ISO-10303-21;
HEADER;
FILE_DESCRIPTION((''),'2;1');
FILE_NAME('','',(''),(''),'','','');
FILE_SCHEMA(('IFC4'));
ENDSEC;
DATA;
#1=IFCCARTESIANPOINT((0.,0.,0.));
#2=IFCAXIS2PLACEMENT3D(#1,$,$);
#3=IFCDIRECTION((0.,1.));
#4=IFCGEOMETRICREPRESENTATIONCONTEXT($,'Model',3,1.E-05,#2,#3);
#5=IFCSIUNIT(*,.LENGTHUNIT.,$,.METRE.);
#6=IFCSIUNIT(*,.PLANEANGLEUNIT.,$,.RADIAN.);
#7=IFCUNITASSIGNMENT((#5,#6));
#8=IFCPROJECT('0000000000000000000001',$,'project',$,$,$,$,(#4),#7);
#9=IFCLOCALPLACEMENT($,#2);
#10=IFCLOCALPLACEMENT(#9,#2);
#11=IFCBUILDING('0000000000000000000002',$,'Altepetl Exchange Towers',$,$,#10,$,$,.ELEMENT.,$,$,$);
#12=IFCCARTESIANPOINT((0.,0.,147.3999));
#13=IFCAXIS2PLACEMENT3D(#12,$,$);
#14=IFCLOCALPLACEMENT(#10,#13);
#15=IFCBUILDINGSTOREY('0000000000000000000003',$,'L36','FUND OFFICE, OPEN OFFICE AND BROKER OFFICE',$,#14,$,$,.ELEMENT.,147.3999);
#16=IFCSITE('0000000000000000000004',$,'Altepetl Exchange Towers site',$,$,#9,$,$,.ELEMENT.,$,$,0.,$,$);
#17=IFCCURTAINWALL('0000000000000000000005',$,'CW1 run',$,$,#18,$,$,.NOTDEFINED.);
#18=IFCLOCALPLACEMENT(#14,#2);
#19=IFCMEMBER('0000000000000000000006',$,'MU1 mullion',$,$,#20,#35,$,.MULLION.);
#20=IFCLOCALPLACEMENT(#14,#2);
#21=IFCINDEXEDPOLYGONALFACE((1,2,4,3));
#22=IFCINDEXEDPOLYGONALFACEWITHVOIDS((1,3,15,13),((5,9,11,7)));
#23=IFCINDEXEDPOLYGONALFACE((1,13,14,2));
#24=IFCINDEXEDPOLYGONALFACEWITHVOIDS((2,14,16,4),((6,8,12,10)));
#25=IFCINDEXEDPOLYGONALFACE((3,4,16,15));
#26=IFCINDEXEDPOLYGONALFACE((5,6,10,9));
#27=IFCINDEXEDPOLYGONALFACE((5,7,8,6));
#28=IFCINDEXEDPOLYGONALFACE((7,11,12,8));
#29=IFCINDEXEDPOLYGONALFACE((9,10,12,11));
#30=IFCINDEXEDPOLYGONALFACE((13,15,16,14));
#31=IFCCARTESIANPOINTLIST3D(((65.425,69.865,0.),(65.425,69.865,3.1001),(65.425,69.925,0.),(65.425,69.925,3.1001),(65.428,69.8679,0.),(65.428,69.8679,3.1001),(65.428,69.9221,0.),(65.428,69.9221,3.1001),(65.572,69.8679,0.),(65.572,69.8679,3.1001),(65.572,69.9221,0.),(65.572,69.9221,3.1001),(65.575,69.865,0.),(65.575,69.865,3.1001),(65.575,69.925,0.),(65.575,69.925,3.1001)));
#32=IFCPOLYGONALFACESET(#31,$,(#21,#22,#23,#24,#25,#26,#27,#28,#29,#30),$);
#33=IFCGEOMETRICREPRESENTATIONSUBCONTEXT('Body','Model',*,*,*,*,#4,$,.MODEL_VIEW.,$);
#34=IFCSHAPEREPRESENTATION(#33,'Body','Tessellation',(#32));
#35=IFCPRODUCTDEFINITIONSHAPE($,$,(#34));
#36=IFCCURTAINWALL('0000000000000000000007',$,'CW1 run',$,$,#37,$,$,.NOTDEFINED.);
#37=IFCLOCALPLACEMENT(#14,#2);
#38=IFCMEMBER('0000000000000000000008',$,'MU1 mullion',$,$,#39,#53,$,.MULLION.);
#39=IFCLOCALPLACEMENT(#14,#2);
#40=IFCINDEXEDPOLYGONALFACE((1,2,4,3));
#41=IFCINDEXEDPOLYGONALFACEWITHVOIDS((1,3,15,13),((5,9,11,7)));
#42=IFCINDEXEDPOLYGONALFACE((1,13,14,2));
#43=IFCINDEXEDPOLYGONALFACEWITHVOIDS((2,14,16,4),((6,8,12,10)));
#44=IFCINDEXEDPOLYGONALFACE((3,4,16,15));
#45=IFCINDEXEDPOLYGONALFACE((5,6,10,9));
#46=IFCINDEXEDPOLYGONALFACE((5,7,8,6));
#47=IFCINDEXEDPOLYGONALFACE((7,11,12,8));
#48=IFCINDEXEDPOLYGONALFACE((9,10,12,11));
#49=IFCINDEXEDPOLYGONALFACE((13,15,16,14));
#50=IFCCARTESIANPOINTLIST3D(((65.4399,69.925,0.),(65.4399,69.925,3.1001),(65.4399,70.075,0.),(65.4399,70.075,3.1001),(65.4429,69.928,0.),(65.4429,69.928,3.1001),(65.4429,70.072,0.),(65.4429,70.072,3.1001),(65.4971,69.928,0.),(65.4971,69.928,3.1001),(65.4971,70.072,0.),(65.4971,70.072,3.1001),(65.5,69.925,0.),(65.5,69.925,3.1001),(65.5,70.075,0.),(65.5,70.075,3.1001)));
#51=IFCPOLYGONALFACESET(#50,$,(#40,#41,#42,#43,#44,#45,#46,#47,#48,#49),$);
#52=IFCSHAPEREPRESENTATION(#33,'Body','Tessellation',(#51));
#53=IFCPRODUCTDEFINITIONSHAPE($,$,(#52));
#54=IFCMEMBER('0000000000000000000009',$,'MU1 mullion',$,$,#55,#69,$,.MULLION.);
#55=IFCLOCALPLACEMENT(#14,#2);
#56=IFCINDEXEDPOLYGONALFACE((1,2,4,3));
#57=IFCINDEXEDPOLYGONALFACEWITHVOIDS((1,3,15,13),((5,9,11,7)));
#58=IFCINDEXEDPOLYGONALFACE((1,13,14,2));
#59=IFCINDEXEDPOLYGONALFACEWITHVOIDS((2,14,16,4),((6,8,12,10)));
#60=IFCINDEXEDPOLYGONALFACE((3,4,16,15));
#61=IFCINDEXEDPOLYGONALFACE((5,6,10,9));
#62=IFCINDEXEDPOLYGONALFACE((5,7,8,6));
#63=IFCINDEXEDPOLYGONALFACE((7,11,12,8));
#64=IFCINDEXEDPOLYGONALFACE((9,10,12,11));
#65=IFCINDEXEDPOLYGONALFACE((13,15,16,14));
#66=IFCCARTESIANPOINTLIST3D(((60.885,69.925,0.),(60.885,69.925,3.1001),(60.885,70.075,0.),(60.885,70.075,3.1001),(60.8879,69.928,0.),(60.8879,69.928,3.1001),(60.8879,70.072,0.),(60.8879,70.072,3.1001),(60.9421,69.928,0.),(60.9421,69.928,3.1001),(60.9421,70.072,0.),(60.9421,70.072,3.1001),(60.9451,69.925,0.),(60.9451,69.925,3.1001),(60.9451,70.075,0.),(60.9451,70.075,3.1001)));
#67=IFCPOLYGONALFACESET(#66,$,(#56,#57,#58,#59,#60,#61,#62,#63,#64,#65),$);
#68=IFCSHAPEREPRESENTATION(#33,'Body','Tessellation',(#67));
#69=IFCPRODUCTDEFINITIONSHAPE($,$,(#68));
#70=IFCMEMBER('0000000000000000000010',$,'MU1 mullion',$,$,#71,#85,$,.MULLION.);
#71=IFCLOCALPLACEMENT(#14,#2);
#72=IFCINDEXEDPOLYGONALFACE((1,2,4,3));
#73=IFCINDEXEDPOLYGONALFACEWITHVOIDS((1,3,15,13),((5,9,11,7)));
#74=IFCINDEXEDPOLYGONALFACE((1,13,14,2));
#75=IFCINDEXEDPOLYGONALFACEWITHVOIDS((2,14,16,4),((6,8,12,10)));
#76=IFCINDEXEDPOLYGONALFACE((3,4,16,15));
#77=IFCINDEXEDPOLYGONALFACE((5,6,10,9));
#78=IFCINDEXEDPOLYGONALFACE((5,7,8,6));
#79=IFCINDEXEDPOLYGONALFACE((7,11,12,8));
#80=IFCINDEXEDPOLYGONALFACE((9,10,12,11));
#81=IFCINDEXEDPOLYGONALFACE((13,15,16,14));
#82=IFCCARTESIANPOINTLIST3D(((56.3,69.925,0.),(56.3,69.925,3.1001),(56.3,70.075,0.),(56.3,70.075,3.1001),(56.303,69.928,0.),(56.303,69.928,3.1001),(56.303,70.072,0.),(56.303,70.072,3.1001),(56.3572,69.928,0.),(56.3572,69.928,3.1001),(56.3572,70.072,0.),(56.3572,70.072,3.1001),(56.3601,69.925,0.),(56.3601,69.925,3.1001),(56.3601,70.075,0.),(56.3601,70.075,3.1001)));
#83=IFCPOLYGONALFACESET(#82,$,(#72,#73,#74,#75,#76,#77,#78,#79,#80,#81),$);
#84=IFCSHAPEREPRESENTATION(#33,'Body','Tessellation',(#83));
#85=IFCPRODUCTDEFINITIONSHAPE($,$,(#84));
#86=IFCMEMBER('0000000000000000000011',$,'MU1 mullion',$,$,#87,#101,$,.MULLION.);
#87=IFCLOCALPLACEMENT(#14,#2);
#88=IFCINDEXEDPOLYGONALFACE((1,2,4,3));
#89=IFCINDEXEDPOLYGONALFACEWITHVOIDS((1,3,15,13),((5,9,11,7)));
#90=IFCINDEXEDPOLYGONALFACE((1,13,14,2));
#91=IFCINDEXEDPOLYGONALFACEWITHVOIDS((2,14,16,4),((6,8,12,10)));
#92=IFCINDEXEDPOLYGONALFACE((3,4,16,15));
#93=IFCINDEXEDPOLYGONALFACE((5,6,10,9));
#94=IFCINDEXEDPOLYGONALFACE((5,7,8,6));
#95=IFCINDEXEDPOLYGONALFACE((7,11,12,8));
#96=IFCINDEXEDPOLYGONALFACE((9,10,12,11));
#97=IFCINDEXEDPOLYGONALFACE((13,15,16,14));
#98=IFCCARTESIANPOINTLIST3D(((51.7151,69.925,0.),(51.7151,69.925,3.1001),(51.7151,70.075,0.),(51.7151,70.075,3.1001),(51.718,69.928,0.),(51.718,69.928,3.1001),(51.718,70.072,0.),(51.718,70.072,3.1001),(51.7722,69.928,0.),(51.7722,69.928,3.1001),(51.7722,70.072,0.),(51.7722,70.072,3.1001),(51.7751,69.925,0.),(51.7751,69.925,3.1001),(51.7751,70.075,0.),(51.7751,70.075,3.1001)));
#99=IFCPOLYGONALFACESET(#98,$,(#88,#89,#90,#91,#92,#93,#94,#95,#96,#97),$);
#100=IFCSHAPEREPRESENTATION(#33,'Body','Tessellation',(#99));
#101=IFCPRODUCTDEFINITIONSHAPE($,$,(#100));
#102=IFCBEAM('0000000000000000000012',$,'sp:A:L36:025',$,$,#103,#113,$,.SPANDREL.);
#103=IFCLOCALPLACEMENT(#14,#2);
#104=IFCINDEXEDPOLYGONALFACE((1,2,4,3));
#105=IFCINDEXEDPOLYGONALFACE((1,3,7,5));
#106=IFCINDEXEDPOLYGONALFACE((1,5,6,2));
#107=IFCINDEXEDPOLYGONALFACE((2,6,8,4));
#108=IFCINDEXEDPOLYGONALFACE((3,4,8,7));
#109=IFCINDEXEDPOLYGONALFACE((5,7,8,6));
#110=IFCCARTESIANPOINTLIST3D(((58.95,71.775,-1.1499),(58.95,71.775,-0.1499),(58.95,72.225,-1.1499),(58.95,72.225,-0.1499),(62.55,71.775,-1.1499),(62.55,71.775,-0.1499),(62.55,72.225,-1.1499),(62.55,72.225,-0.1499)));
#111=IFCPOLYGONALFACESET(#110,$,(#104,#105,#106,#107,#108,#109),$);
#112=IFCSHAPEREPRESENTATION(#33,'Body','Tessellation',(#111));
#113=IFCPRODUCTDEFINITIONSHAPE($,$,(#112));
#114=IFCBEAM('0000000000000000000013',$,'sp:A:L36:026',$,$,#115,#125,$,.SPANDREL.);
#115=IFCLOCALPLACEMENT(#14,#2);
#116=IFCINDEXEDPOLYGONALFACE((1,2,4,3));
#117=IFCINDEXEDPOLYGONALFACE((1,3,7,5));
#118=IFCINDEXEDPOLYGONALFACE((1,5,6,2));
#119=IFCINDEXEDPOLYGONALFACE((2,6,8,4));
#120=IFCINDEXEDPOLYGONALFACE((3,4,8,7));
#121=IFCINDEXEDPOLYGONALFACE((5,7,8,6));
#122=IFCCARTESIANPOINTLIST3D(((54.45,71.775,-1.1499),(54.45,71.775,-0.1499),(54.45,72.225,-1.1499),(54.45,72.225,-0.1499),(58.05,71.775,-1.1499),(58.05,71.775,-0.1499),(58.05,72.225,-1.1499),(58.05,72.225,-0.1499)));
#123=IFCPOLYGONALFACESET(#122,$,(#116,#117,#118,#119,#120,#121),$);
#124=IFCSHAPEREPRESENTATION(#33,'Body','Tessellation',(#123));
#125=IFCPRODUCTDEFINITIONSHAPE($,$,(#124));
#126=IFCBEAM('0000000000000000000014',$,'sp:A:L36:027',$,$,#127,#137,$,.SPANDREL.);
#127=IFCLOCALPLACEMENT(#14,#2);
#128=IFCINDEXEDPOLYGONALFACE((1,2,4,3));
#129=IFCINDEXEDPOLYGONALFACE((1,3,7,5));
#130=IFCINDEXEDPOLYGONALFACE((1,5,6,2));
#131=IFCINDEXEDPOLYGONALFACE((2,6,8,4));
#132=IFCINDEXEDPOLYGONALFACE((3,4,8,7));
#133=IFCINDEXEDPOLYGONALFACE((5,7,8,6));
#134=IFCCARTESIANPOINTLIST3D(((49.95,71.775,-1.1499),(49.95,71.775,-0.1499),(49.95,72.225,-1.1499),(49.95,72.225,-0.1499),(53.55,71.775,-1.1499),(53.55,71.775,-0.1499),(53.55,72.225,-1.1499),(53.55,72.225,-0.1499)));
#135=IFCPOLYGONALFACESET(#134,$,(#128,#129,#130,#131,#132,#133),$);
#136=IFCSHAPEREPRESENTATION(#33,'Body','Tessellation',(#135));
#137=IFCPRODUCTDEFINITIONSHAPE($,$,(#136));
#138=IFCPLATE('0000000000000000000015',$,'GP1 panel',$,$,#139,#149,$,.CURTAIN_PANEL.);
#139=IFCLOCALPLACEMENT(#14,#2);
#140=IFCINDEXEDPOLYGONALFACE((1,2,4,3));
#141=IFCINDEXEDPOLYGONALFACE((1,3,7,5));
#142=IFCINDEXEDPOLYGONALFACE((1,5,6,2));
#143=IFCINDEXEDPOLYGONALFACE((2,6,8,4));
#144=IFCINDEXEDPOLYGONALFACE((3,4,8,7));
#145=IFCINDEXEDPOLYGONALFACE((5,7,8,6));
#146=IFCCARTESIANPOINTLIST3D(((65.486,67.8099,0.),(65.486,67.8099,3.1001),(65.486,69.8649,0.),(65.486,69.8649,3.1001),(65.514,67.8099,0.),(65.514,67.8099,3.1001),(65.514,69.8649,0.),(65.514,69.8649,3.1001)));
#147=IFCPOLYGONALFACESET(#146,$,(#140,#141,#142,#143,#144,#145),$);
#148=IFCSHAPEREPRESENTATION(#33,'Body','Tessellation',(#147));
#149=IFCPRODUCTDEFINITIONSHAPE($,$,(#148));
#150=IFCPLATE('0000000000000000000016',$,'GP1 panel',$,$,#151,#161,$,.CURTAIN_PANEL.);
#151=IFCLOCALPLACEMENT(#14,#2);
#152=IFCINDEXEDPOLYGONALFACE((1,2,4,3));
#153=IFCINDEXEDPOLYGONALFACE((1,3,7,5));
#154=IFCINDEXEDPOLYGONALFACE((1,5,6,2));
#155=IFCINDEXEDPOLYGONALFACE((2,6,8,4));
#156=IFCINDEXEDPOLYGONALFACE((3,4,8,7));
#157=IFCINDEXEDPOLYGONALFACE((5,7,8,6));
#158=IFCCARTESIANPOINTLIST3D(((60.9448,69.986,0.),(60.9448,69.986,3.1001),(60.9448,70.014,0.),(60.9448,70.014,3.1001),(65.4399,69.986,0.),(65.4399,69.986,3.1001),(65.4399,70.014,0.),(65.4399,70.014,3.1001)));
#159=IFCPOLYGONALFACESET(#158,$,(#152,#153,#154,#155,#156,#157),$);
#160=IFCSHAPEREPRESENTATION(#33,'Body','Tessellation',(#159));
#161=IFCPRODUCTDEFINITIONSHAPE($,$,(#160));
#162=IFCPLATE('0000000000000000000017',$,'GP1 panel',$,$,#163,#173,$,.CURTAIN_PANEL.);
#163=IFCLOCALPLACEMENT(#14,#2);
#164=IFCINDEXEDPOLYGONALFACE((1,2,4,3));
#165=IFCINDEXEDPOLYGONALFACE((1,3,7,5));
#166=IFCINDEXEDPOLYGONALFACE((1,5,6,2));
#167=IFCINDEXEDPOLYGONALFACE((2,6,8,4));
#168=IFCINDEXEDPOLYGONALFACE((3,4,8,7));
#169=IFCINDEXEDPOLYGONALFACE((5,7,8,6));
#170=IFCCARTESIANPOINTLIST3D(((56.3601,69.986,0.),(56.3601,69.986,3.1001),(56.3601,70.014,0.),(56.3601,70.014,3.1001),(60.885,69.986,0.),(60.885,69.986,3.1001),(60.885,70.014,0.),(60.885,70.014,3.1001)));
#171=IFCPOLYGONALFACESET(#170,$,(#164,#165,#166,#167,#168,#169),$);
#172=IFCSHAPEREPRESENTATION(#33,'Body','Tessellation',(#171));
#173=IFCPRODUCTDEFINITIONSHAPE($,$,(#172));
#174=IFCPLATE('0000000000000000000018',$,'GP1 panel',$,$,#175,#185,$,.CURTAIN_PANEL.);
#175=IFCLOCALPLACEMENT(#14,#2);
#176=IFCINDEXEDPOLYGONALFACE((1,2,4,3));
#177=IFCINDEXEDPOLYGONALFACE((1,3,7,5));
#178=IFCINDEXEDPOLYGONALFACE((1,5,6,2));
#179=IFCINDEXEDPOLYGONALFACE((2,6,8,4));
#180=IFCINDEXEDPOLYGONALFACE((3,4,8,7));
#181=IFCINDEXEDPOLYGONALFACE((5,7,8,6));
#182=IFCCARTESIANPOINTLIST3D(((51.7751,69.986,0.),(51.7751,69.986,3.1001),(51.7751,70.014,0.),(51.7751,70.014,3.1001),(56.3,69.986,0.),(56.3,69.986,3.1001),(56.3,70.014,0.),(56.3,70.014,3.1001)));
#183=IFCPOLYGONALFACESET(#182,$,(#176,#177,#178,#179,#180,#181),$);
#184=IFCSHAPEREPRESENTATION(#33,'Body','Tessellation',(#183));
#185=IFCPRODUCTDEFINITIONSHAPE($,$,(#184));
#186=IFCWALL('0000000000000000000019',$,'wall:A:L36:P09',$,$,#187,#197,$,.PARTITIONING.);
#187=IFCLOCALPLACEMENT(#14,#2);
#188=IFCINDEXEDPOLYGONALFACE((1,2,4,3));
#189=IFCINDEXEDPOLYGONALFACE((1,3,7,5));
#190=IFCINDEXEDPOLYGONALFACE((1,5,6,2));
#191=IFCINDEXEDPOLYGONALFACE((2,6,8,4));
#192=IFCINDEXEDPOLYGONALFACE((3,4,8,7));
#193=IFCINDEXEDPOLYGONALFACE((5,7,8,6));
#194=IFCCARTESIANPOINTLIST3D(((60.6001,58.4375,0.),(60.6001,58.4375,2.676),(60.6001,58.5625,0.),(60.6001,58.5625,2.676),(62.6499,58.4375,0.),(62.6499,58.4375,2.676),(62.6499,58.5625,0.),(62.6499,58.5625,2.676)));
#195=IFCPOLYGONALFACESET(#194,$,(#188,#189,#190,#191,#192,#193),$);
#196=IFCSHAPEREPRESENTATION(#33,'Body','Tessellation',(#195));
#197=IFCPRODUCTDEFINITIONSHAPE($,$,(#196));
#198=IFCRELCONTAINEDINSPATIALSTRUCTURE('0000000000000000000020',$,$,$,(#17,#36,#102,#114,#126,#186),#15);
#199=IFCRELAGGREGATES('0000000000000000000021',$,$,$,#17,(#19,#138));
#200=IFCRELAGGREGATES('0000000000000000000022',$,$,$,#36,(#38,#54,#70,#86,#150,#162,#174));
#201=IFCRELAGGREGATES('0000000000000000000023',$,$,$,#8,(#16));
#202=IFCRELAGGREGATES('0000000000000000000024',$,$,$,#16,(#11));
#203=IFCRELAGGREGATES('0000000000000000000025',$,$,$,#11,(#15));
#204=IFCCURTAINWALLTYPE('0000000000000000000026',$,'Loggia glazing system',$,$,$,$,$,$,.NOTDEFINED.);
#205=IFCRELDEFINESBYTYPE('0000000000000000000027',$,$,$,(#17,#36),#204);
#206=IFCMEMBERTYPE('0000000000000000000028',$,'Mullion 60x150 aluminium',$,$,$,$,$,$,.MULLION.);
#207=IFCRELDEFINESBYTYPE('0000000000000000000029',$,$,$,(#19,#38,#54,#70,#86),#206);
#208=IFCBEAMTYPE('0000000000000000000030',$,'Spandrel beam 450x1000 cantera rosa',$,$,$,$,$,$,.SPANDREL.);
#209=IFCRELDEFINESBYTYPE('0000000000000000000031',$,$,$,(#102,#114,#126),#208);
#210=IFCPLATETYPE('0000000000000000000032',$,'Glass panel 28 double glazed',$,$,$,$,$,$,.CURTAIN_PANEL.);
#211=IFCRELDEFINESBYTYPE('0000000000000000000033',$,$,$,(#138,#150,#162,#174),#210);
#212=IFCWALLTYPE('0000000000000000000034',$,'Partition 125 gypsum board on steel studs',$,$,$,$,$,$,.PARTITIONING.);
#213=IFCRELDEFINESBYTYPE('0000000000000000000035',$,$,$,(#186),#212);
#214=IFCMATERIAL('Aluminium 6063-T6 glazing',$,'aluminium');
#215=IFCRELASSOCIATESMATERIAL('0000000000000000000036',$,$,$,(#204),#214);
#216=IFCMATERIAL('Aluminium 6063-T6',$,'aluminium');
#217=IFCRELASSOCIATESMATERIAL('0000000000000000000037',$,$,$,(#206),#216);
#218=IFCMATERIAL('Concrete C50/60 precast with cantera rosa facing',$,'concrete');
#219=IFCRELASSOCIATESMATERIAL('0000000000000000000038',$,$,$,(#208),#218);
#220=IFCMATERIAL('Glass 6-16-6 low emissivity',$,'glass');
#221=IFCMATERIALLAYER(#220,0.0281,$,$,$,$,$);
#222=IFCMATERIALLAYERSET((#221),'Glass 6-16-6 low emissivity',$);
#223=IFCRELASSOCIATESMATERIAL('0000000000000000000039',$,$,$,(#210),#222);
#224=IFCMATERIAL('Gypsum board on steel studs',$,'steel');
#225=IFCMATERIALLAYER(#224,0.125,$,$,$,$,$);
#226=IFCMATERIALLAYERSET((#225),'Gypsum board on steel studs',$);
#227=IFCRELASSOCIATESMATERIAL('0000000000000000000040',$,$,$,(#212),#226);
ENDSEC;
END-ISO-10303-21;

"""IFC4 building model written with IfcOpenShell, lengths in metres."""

from ifc_helpers import new_model, si_unit, direction, frame, frame_2d, origin, origin_2d, place, context, subcontext, project, spatial, rectangle, hollow_rectangle, extrude, material, layer, layer_set, material_profile, profile_set, type_object, element, aggregate, save


model = new_model("IFC4")

# Units and contexts
model_context = context("Model", 3, precision=1e-05, world=origin(), true_north=direction((0.0, 1.0)))
body_context = subcontext(model_context, "Body", "Model", "MODEL_VIEW")
ifc_project = project(units=[si_unit("LENGTHUNIT", "METRE"), si_unit("PLANEANGLEUNIT", "RADIAN")], contexts=[model_context])

# Site, building, storey
site_placement = place(None, origin())
site = spatial("IfcSite", under=ifc_project, at=site_placement, Name="Altepetl Exchange Towers site", CompositionType="ELEMENT", RefElevation=0.0)
building_placement = place(site_placement, origin())
building = spatial("IfcBuilding", under=site, at=building_placement, Name="Altepetl Exchange Towers", CompositionType="ELEMENT")
storey_placement = place(building_placement, frame((0.0, 0.0, 147.3999)))
storey = spatial("IfcBuildingStorey", under=building, at=storey_placement, Name="L36", Description="FUND OFFICE, OPEN OFFICE AND BROKER OFFICE", CompositionType="ELEMENT", Elevation=147.3999)

# Curtain walls, members
ifc_material_1 = material(Name="Aluminium 6063-T6 glazing", Category="aluminium")
curtain_wall_type = type_object("IfcCurtainWallType", Name="Loggia glazing system", PredefinedType="NOTDEFINED", material=ifc_material_1)
curtain_wall_1_placement = place(storey_placement, origin())
curtain_wall_1 = element("IfcCurtainWall", 1, at=curtain_wall_1_placement, inside=storey, type_object=curtain_wall_type, Name="CW1 run", PredefinedType="NOTDEFINED")
ifc_material_2 = material(Name="Aluminium 6063-T6", Category="aluminium")
ifc_material_profile_1 = material_profile(ifc_material_2, hollow_rectangle(XDim=0.0601, YDim=0.1499, WallThickness=0.0029, at=origin_2d()), Name="Mullion 60x150 aluminium")
ifc_profile_set_1 = profile_set([ifc_material_profile_1], Name="Aluminium 6063-T6")
member_type = type_object("IfcMemberType", Name="Mullion 60x150 aluminium", PredefinedType="MULLION", material=ifc_profile_set_1)
member_1_placement = place(storey_placement, frame((65.5, 69.895, 0.0), z_axis=(0.0, 0.0, 1.0), x_axis=(0.0, 1.0, 0.0)))
member_1 = element("IfcMember", 2, at=member_1_placement, type_object=member_type, Name="MU1 mullion", PredefinedType="MULLION", context=body_context, shape_type="SweptSolid", body=[
    extrude(hollow_rectangle(XDim=0.0601, YDim=0.1499, WallThickness=0.0029, at=origin_2d()), origin(), (0.0, 0.0, 1.0), 3.1001),
])
curtain_wall_2_placement = place(storey_placement, origin())
curtain_wall_2 = element("IfcCurtainWall", 3, at=curtain_wall_2_placement, inside=storey, type_object=curtain_wall_type, Name="CW1 run", PredefinedType="NOTDEFINED")
member_2_placement = place(storey_placement, frame((65.47, 70.0, 0.0), z_axis=(0.0, 0.0, 1.0), x_axis=(-1.0, 0.0, 0.0)))
member_2 = element("IfcMember", 4, at=member_2_placement, type_object=member_type, Name="MU1 mullion", PredefinedType="MULLION", context=body_context, shape_type="SweptSolid", body=[
    extrude(hollow_rectangle(XDim=0.0601, YDim=0.1499, WallThickness=0.0029, at=origin_2d()), origin(), (0.0, 0.0, 1.0), 3.1001),
])
member_3_placement = place(storey_placement, frame((60.915, 70.0, 0.0), z_axis=(0.0, 0.0, 1.0), x_axis=(-1.0, 0.0, 0.0)))
member_3 = element("IfcMember", 5, at=member_3_placement, type_object=member_type, Name="MU1 mullion", PredefinedType="MULLION", context=body_context, shape_type="SweptSolid", body=[
    extrude(hollow_rectangle(XDim=0.0601, YDim=0.1499, WallThickness=0.0029, at=origin_2d()), origin(), (0.0, 0.0, 1.0), 3.1001),
])
member_4_placement = place(storey_placement, frame((56.3301, 70.0, 0.0), z_axis=(0.0, 0.0, 1.0), x_axis=(-1.0, 0.0, 0.0)))
member_4 = element("IfcMember", 6, at=member_4_placement, type_object=member_type, Name="MU1 mullion", PredefinedType="MULLION", context=body_context, shape_type="SweptSolid", body=[
    extrude(hollow_rectangle(XDim=0.0601, YDim=0.1499, WallThickness=0.0029, at=origin_2d()), origin(), (0.0, 0.0, 1.0), 3.1001),
])
member_5_placement = place(storey_placement, frame((51.7451, 70.0, 0.0), z_axis=(0.0, 0.0, 1.0), x_axis=(-1.0, 0.0, 0.0)))
member_5 = element("IfcMember", 7, at=member_5_placement, type_object=member_type, Name="MU1 mullion", PredefinedType="MULLION", context=body_context, shape_type="SweptSolid", body=[
    extrude(hollow_rectangle(XDim=0.0601, YDim=0.1499, WallThickness=0.0029, at=origin_2d()), origin(), (0.0, 0.0, 1.0), 3.1001),
])

# Beams
ifc_material_3 = material(Name="Concrete C50/60 precast with cantera rosa facing", Category="concrete")
ifc_material_profile_2 = material_profile(ifc_material_3, rectangle(XDim=0.45, YDim=1.0, at=origin_2d()), Name="450 x 1000")
ifc_profile_set_2 = profile_set([ifc_material_profile_2], Name="Concrete C50/60 precast with cantera rosa facing")
beam_type_1 = type_object("IfcBeamType", Name="Spandrel beam 450x1000 cantera rosa", PredefinedType="SPANDREL", material=ifc_profile_set_2)
for number, where, z_axis, x_axis, name in (
    (8, (62.55, 72.0, -0.6499), (-1.0, 0.0, 0.0), (0.0, -1.0, 0.0), "sp:A:L36:025"),
    (9, (58.05, 72.0, -0.6499), (-1.0, 0.0, 0.0), (0.0, -1.0, 0.0), "sp:A:L36:026"),
    (10, (53.55, 72.0, -0.6499), (-1.0, 0.0, 0.0), (0.0, -1.0, 0.0), "sp:A:L36:027"),
):
    element("IfcBeam", number, at=place(storey_placement, frame(where, z_axis=z_axis, x_axis=x_axis)), inside=storey, type_object=beam_type_1, Name=name, PredefinedType="SPANDREL", context=body_context, shape_type="SweptSolid", body=[
        extrude(rectangle(XDim=0.45, YDim=1.0, at=origin_2d()), origin(), (0.0, 0.0, 1.0), 3.6001),
    ])

# Plates
ifc_material_4 = material(Name="Glass 6-16-6 low emissivity", Category="glass")
ifc_layer_1 = layer(ifc_material_4, 0.0281)
ifc_layer_set_1 = layer_set([ifc_layer_1], Name="Glass 6-16-6 low emissivity")
plate_type = type_object("IfcPlateType", Name="Glass panel 28 double glazed", PredefinedType="CURTAIN_PANEL", material=ifc_layer_set_1)
plate_1_placement = place(storey_placement, frame((65.5, 68.8374, 0.0), z_axis=(0.0, 0.0, 1.0), x_axis=(0.0, 1.0, 0.0)))
plate_1 = element("IfcPlate", 11, at=plate_1_placement, type_object=plate_type, Name="GP1 panel", PredefinedType="CURTAIN_PANEL", context=body_context, shape_type="SweptSolid", body=[
    extrude(rectangle(XDim=2.0549, YDim=0.0281, at=origin_2d()), origin(), (0.0, 0.0, 1.0), 3.1001),
])
aggregate(curtain_wall_1, [member_1, plate_1])
plate_2_placement = place(storey_placement, frame((63.1924, 70.0, 0.0), z_axis=(0.0, 0.0, 1.0), x_axis=(-1.0, 0.0, 0.0)))
plate_2 = element("IfcPlate", 12, at=plate_2_placement, type_object=plate_type, Name="GP1 panel", PredefinedType="CURTAIN_PANEL", context=body_context, shape_type="SweptSolid", body=[
    extrude(rectangle(XDim=4.4951, YDim=0.0281, at=origin_2d()), origin(), (0.0, 0.0, 1.0), 3.1001),
])
plate_3_placement = place(storey_placement, frame((58.6226, 70.0, 0.0), z_axis=(0.0, 0.0, 1.0), x_axis=(-1.0, 0.0, 0.0)))
plate_3 = element("IfcPlate", 13, at=plate_3_placement, type_object=plate_type, Name="GP1 panel", PredefinedType="CURTAIN_PANEL", context=body_context, shape_type="SweptSolid", body=[
    extrude(rectangle(XDim=4.5249, YDim=0.0281, at=origin_2d()), origin(), (0.0, 0.0, 1.0), 3.1001),
])
plate_4_placement = place(storey_placement, frame((54.0376, 70.0, 0.0), z_axis=(0.0, 0.0, 1.0), x_axis=(-1.0, 0.0, 0.0)))
plate_4 = element("IfcPlate", 14, at=plate_4_placement, type_object=plate_type, Name="GP1 panel", PredefinedType="CURTAIN_PANEL", context=body_context, shape_type="SweptSolid", body=[
    extrude(rectangle(XDim=4.5249, YDim=0.0281, at=origin_2d()), origin(), (0.0, 0.0, 1.0), 3.1001),
])
aggregate(curtain_wall_2, [member_2, member_3, member_4, member_5, plate_2, plate_3, plate_4])

# Wall
ifc_material_5 = material(Name="Gypsum board on steel studs", Category="steel")
ifc_layer_2 = layer(ifc_material_5, 0.125)
ifc_layer_set_2 = layer_set([ifc_layer_2], Name="Gypsum board on steel studs")
wall_type = type_object("IfcWallType", Name="Partition 125 gypsum board on steel studs", PredefinedType="PARTITIONING", material=ifc_layer_set_2)
wall_1_placement = place(storey_placement, frame((60.6001, 58.5, 0.0)))
element("IfcWall", 15, at=wall_1_placement, inside=storey, type_object=wall_type, Name="wall:A:L36:P09", PredefinedType="PARTITIONING", context=body_context, shape_type="SweptSolid", body=[
    extrude(rectangle(XDim=2.0498, YDim=0.125, at=frame_2d((1.0249, 0.0))), origin(), (0.0, 0.0, 1.0), 2.676),
])

save(model, "model.ifc")
